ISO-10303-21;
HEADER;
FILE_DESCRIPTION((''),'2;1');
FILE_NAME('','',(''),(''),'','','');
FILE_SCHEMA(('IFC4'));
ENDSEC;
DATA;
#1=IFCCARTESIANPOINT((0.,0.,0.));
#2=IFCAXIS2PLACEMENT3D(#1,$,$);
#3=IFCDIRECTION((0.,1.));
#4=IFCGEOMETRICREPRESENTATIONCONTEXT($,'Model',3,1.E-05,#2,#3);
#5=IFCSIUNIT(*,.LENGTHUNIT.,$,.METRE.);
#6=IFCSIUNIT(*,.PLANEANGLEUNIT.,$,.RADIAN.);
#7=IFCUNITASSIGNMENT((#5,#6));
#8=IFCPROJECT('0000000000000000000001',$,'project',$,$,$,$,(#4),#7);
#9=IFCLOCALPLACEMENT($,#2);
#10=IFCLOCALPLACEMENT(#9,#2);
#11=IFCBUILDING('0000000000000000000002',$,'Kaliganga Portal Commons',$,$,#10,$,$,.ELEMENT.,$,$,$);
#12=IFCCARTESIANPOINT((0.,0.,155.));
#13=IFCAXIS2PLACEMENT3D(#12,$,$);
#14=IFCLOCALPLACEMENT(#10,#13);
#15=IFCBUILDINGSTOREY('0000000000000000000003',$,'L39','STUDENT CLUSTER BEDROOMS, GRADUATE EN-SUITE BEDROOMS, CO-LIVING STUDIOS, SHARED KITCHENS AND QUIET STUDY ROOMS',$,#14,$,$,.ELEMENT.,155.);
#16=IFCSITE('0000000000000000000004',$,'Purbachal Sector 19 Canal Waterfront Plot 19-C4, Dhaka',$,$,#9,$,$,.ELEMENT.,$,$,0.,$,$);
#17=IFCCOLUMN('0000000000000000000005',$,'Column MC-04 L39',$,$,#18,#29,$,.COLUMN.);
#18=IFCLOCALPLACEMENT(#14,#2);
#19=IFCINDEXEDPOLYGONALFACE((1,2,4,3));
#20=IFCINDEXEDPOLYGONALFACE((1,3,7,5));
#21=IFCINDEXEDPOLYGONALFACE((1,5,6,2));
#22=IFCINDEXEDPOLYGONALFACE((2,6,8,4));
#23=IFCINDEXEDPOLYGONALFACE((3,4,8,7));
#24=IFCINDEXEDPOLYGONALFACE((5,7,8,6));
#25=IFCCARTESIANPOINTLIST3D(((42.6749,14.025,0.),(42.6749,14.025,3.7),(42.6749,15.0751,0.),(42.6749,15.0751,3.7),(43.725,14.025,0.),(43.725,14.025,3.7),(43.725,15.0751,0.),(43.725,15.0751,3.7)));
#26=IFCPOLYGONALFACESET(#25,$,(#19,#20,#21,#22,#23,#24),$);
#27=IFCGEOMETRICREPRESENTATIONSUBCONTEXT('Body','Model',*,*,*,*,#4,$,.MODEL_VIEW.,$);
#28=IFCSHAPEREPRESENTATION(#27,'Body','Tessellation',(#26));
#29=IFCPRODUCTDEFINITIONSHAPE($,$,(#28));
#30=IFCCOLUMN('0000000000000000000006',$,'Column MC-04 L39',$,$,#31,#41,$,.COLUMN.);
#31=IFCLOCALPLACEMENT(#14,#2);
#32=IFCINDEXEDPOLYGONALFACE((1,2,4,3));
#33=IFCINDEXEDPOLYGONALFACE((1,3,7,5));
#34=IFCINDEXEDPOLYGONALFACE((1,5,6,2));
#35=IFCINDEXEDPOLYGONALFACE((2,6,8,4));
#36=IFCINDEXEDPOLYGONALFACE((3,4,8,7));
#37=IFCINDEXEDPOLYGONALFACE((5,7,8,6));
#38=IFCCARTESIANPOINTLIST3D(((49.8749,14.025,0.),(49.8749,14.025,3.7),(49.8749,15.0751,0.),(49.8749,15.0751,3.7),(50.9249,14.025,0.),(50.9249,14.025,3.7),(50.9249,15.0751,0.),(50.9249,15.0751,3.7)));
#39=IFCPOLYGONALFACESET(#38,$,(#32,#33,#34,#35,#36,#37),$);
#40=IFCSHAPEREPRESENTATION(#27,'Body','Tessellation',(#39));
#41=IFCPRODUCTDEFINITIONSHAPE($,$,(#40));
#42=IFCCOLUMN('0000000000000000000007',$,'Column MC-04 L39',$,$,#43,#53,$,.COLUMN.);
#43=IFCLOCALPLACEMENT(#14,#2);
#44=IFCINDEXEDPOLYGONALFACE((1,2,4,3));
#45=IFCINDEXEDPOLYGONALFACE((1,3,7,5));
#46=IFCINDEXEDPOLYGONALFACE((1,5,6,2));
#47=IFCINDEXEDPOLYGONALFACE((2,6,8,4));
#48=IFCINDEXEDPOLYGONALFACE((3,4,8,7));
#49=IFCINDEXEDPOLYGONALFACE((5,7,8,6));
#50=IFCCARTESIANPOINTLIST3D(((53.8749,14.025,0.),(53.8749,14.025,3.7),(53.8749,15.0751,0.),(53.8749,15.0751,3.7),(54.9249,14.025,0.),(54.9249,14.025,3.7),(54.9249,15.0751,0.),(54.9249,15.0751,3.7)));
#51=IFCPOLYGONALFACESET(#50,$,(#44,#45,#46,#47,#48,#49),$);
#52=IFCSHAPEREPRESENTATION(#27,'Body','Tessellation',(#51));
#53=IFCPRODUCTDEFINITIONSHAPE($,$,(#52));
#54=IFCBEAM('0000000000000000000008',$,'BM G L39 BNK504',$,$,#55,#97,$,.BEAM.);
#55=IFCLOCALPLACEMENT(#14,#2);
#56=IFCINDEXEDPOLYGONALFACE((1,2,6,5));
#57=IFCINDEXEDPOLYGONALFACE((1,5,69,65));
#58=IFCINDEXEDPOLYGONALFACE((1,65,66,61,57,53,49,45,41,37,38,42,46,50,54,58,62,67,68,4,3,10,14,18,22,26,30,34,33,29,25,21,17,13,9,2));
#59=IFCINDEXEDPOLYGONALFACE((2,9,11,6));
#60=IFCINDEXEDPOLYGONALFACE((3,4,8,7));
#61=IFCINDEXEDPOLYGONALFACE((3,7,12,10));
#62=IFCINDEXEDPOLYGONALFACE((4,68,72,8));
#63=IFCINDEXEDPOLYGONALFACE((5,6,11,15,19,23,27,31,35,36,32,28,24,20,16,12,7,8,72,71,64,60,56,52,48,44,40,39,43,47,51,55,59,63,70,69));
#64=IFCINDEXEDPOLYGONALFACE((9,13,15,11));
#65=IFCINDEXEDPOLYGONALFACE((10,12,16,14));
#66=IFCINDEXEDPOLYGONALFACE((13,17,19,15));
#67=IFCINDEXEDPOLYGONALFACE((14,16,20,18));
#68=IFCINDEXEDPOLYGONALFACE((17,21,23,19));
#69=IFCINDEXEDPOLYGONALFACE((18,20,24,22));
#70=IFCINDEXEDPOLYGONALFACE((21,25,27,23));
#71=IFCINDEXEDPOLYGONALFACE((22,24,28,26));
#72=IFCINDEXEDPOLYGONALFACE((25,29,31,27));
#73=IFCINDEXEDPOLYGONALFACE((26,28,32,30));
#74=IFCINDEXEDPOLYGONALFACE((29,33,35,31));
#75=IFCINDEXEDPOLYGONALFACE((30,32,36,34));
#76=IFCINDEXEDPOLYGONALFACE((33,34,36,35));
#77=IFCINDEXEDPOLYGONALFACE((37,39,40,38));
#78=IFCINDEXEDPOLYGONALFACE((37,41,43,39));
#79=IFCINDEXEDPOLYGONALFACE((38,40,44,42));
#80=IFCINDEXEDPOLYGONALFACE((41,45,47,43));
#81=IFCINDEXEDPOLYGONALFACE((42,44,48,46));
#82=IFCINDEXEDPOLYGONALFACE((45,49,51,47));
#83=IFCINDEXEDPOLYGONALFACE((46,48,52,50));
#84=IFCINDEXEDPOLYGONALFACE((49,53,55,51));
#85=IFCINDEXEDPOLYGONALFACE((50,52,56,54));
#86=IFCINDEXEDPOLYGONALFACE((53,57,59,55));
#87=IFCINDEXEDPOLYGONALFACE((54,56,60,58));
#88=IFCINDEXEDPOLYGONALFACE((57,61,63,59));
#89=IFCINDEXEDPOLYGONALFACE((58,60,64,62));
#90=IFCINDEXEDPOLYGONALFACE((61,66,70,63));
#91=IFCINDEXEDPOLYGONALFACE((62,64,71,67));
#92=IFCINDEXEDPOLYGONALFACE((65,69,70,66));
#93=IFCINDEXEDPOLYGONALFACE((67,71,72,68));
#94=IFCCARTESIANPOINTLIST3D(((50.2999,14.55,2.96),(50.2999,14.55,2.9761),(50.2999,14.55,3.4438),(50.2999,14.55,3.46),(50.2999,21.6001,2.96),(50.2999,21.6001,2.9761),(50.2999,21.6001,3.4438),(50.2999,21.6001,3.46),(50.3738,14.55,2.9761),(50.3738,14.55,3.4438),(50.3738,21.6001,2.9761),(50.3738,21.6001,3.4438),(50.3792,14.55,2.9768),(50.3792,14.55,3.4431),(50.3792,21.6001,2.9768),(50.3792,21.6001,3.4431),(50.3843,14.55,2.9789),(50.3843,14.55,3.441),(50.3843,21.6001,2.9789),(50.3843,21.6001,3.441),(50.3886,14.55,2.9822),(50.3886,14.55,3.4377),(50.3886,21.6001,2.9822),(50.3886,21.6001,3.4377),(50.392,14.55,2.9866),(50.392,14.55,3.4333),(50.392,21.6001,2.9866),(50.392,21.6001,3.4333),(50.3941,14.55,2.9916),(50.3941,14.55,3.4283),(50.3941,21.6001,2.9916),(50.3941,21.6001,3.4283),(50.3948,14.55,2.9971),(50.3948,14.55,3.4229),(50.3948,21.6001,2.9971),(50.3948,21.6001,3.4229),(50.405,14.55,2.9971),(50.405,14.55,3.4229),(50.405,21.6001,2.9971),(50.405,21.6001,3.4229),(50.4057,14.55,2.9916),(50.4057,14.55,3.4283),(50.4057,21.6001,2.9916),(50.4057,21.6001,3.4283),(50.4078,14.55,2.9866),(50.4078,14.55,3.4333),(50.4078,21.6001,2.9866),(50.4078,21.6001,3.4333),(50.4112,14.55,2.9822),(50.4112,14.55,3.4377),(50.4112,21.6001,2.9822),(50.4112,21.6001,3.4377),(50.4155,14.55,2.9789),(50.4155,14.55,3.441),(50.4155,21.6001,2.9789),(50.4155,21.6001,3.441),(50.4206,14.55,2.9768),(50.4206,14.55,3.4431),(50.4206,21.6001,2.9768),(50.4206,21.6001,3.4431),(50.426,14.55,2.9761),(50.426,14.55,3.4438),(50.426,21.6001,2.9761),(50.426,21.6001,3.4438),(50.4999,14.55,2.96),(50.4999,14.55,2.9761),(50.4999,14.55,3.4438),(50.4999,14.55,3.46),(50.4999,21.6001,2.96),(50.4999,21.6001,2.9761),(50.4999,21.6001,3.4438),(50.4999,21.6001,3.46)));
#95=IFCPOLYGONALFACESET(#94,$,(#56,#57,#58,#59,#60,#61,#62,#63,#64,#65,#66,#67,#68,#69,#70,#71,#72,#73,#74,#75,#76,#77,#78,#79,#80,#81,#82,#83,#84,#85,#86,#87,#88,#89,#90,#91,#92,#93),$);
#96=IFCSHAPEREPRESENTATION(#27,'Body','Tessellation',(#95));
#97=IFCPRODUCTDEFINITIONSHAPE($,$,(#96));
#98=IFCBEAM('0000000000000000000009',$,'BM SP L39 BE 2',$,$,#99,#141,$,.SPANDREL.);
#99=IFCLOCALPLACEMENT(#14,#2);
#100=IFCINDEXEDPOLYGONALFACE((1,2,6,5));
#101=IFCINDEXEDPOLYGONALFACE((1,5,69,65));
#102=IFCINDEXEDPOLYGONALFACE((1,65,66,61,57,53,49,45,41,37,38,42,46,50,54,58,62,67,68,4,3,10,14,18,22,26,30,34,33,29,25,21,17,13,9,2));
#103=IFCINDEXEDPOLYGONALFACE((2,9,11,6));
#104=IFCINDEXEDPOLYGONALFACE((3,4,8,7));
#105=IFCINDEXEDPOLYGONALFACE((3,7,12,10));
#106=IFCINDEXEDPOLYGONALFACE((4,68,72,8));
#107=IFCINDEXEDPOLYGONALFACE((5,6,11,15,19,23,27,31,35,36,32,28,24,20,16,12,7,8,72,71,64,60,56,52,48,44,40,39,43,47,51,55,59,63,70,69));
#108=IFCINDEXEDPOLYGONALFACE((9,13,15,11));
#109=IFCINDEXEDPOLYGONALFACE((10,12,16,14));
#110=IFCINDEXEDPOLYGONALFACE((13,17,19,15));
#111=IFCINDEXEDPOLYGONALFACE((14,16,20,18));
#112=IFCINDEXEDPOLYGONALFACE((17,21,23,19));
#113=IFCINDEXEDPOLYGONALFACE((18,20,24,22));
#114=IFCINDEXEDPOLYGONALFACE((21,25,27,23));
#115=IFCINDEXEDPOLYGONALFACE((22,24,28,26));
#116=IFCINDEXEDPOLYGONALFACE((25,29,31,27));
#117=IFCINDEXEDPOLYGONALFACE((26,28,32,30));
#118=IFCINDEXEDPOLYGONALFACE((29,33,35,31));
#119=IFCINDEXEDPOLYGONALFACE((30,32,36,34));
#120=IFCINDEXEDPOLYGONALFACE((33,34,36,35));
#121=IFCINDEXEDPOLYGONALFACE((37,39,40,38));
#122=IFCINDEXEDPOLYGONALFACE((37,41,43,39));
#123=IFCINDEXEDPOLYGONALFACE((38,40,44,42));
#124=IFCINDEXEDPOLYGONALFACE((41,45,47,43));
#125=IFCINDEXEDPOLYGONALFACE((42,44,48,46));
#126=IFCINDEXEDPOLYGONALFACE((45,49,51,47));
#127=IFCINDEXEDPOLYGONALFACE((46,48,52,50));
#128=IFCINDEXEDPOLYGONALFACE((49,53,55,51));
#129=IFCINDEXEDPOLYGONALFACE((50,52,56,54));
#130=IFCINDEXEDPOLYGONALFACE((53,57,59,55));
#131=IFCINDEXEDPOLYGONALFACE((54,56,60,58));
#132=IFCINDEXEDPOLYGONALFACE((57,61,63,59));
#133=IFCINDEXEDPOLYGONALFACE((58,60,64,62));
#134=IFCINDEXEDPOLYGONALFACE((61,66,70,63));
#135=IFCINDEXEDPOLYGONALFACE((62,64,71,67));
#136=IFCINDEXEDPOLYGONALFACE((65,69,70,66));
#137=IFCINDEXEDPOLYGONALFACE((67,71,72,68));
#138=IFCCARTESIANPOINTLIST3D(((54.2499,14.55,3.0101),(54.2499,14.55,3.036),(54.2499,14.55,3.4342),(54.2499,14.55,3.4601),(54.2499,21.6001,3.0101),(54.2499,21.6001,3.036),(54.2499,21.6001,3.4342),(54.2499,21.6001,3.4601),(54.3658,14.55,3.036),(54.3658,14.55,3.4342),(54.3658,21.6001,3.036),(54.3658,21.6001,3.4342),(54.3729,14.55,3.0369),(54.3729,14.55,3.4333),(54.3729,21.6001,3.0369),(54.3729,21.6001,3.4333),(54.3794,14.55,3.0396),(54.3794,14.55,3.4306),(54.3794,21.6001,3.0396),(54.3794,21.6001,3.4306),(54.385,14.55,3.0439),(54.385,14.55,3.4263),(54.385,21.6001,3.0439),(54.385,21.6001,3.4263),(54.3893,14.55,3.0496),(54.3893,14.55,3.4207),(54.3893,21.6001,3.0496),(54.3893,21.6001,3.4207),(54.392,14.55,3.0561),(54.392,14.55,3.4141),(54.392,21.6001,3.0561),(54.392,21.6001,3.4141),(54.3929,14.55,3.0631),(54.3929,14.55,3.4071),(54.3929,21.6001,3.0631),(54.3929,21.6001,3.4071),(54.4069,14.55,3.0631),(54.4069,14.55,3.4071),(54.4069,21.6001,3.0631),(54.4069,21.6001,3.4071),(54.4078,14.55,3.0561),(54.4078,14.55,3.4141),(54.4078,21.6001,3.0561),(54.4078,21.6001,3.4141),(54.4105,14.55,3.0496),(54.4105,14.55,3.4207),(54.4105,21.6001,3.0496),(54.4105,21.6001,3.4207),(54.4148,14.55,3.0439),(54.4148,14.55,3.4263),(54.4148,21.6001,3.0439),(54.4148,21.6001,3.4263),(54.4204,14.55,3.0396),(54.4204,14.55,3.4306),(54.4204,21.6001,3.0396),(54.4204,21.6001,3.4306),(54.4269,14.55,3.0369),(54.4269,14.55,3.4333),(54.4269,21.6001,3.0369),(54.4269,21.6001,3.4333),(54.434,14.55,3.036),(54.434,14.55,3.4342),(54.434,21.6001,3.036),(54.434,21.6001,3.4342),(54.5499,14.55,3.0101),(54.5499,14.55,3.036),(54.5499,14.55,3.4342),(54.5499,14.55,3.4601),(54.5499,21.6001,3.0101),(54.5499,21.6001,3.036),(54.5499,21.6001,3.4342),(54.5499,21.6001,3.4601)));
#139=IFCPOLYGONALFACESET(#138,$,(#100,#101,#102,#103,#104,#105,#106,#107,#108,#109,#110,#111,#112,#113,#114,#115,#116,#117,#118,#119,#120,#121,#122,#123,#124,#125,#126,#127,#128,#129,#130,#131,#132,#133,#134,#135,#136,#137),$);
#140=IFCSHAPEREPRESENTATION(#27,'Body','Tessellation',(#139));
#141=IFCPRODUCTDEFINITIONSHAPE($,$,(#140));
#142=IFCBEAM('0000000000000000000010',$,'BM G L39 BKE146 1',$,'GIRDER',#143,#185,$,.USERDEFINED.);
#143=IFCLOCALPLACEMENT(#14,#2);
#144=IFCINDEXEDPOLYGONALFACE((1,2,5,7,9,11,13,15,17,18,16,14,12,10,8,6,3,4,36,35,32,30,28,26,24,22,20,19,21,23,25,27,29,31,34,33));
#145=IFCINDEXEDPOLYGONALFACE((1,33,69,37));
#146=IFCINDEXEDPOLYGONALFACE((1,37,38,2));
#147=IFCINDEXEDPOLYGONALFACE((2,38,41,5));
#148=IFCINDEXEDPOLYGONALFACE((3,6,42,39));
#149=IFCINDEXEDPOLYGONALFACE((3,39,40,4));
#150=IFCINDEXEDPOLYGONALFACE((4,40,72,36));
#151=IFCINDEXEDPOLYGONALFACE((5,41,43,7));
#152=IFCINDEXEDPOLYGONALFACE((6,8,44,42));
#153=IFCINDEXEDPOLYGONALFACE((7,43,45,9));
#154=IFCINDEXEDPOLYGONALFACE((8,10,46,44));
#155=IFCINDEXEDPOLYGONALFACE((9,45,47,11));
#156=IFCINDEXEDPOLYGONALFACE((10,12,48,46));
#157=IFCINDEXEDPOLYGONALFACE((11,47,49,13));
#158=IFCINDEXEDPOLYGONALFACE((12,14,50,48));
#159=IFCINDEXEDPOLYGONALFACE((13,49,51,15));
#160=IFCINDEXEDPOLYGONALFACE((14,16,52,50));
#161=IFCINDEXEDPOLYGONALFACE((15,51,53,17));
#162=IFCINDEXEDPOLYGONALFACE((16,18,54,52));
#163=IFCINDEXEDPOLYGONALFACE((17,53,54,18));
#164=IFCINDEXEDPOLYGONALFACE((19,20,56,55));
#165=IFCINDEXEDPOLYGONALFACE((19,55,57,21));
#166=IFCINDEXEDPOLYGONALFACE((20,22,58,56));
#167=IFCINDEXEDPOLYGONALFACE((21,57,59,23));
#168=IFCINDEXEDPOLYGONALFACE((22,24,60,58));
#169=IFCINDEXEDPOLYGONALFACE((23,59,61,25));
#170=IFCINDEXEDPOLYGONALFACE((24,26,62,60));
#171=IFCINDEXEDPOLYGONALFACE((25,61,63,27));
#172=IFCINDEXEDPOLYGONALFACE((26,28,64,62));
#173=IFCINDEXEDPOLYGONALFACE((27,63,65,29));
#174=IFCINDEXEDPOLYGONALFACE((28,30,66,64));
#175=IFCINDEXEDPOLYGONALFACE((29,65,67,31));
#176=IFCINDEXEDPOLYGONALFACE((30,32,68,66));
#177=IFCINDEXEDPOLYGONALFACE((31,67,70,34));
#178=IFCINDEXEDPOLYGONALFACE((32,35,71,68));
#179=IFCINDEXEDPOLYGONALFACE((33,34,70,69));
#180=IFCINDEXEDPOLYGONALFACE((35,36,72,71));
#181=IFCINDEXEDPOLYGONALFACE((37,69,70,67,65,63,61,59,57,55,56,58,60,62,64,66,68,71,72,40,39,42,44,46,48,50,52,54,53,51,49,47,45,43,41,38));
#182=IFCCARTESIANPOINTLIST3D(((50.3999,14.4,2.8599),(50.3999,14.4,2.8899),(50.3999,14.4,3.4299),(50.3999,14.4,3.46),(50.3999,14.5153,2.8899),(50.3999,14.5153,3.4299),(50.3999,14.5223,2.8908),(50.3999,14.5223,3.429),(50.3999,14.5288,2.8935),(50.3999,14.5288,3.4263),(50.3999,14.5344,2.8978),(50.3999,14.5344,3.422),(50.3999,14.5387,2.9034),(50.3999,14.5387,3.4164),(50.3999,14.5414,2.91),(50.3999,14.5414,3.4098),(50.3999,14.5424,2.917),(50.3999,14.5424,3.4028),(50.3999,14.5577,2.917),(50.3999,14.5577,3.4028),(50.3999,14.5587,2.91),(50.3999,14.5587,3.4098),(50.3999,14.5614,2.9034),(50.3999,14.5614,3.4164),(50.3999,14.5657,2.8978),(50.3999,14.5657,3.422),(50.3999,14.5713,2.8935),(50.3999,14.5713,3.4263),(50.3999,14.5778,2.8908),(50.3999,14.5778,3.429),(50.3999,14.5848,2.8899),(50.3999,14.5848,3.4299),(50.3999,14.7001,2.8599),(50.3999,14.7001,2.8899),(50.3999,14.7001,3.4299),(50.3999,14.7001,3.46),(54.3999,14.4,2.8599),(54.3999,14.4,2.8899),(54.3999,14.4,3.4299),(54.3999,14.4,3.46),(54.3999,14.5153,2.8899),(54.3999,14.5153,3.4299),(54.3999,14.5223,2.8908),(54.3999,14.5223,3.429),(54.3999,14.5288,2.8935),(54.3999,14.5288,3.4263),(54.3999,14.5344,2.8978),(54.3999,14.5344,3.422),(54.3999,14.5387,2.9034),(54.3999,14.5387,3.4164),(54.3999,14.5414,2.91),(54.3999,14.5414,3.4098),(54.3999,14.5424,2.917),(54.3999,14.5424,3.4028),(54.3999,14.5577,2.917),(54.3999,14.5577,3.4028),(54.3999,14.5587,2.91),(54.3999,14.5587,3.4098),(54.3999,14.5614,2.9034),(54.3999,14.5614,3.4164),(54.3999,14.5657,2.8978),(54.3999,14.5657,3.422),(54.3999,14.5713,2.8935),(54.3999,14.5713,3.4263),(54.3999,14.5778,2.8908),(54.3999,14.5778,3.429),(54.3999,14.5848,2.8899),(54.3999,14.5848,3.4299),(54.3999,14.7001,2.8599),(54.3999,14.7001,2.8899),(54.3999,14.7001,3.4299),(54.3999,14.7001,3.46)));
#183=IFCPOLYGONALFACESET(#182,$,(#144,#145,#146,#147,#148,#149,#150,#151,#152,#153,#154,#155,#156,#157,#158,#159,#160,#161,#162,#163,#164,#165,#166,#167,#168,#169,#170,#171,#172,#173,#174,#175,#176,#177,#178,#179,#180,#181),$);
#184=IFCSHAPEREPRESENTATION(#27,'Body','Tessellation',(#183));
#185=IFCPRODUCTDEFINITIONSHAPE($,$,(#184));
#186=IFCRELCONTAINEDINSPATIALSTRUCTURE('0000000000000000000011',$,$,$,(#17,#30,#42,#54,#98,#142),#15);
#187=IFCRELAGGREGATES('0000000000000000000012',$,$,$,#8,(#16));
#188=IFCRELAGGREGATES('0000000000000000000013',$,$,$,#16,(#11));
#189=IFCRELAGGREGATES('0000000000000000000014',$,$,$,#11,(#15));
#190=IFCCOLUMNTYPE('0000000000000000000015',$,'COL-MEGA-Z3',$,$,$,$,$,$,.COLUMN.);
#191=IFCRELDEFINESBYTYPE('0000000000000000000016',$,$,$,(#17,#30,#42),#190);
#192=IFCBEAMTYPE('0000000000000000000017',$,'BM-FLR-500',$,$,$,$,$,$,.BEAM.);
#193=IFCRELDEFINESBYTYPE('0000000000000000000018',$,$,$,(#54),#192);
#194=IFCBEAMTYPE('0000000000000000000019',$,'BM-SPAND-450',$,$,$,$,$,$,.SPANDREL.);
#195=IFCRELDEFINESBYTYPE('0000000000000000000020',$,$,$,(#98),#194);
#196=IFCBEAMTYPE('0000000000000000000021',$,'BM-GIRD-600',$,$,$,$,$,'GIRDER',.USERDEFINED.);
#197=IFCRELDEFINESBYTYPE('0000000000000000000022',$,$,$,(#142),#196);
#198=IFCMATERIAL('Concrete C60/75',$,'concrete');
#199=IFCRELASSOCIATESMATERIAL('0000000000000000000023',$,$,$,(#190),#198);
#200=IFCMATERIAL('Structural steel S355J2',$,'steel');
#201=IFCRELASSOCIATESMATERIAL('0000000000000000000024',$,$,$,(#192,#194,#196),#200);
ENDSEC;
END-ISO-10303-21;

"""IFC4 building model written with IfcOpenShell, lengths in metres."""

from ifc_helpers import new_model, si_unit, direction, frame, origin, origin_2d, place, context, subcontext, project, spatial, rectangle, i_section, extrude, source, transform, mapped, material, material_profile, profile_set, type_object, element, save


model = new_model("IFC4")

# Units and contexts
model_context = context("Model", 3, precision=1e-05, world=origin(), true_north=direction((0.0, 1.0)))
body_context = subcontext(model_context, "Body", "Model", "MODEL_VIEW")
ifc_project = project(units=[si_unit("LENGTHUNIT", "METRE"), si_unit("PLANEANGLEUNIT", "RADIAN")], contexts=[model_context])

# Site, building, storey
site_placement = place(None, origin())
site = spatial("IfcSite", under=ifc_project, at=site_placement, Name="Purbachal Sector 19 Canal Waterfront Plot 19-C4, Dhaka", CompositionType="ELEMENT", RefElevation=0.0)
building_placement = place(site_placement, origin())
building = spatial("IfcBuilding", under=site, at=building_placement, Name="Kaliganga Portal Commons", CompositionType="ELEMENT")
storey_placement = place(building_placement, frame((0.0, 0.0, 155.0)))
storey = spatial("IfcBuildingStorey", under=building, at=storey_placement, Name="L39", Description="STUDENT CLUSTER BEDROOMS, GRADUATE EN-SUITE BEDROOMS, CO-LIVING STUDIOS, SHARED KITCHENS AND QUIET STUDY ROOMS", CompositionType="ELEMENT", Elevation=155.0)

# Columns
ifc_material_1 = material(Name="Concrete C60/75", Category="concrete")
ifc_material_profile_1 = material_profile(ifc_material_1, rectangle(XDim=1.05, YDim=1.05, at=origin_2d()), Name="RC 1050x1050")
ifc_profile_set_1 = profile_set([ifc_material_profile_1], Name="Concrete C60/75")
column_type = type_object("IfcColumnType", Name="COL-MEGA-Z3", PredefinedType="COLUMN", material=ifc_profile_set_1)
shared_shape_1 = source(origin(), body_context, "Body", "SweptSolid", [
    extrude(rectangle(XDim=1.05, YDim=1.05, at=origin_2d()), origin(), (0.0, 0.0, 1.0), 3.7),
])
for number, where, z_axis, x_axis, name in (
    (1, (43.2, 14.55, 0.0), (0.0, 0.0, 1.0), (1.0, 0.0, 0.0), "Column MC-04 L39"),
    (2, (50.3999, 14.55, 0.0), (0.0, 0.0, 1.0), (1.0, 0.0, 0.0), "Column MC-04 L39"),
    (3, (54.3999, 14.55, 0.0), (0.0, 0.0, 1.0), (1.0, 0.0, 0.0), "Column MC-04 L39"),
):
    element("IfcColumn", number, at=place(storey_placement, frame(where, z_axis=z_axis, x_axis=x_axis)), inside=storey, type_object=column_type, Name=name, PredefinedType="COLUMN", context=body_context, shape_type="MappedRepresentation", body=[
        mapped(shared_shape_1, transform((0.0, 0.0, 0.0), x_axis=(1.0, 0.0, 0.0), y_axis=(0.0, 1.0, 0.0), z_axis=(0.0, 0.0, 1.0), scale=1.0)),
    ])

# Beams
ifc_material_2 = material(Name="Structural steel S355J2", Category="steel")
ifc_material_profile_2 = material_profile(ifc_material_2, i_section(OverallWidth=0.2, OverallDepth=0.5, WebThickness=0.0103, FlangeThickness=0.0161, FilletRadius=0.021, at=origin_2d()), Name="IPE 500")
ifc_profile_set_2 = profile_set([ifc_material_profile_2], Name="Structural steel S355J2 wide-flange")
beam_type_1 = type_object("IfcBeamType", Name="BM-FLR-500", PredefinedType="BEAM", material=ifc_profile_set_2)
shared_shape_2 = source(origin(), body_context, "Body", "SweptSolid", [
    extrude(i_section(OverallWidth=0.2, OverallDepth=0.5, WebThickness=0.0103, FlangeThickness=0.0161, FilletRadius=0.021, at=origin_2d()), origin(), (0.0, 0.0, 1.0), 7.05),
])
beam_1_placement = place(storey_placement, frame((50.3999, 14.55, 3.21), z_axis=(0.0, 1.0, 0.0), x_axis=(-1.0, 0.0, 0.0)))
element("IfcBeam", 4, at=beam_1_placement, inside=storey, type_object=beam_type_1, Name="BM G L39 BNK504", PredefinedType="BEAM", context=body_context, shape_type="MappedRepresentation", body=[
    mapped(shared_shape_2, transform((0.0, 0.0, 0.0), x_axis=(1.0, 0.0, 0.0), y_axis=(0.0, 1.0, 0.0), z_axis=(0.0, 0.0, 1.0), scale=1.0)),
])
ifc_material_profile_3 = material_profile(ifc_material_2, i_section(OverallWidth=0.3, OverallDepth=0.45, WebThickness=0.0139, FlangeThickness=0.0259, FilletRadius=0.0271, at=origin_2d()), Name="HE 450 B")
ifc_profile_set_3 = profile_set([ifc_material_profile_3], Name="Structural steel S355J2 wide-flange")
beam_type_2 = type_object("IfcBeamType", Name="BM-SPAND-450", PredefinedType="SPANDREL", material=ifc_profile_set_3)
shared_shape_3 = source(origin(), body_context, "Body", "SweptSolid", [
    extrude(i_section(OverallWidth=0.3, OverallDepth=0.45, WebThickness=0.0139, FlangeThickness=0.0259, FilletRadius=0.0271, at=origin_2d()), origin(), (0.0, 0.0, 1.0), 7.05),
])
beam_2_placement = place(storey_placement, frame((54.3999, 14.55, 3.2351), z_axis=(0.0, 1.0, 0.0), x_axis=(-1.0, 0.0, 0.0)))
element("IfcBeam", 5, at=beam_2_placement, inside=storey, type_object=beam_type_2, Name="BM SP L39 BE 2", PredefinedType="SPANDREL", context=body_context, shape_type="MappedRepresentation", body=[
    mapped(shared_shape_3, transform((0.0, 0.0, 0.0), x_axis=(1.0, 0.0, 0.0), y_axis=(0.0, 1.0, 0.0), z_axis=(0.0, 0.0, 1.0), scale=1.0)),
])
ifc_material_profile_4 = material_profile(ifc_material_2, i_section(OverallWidth=0.3, OverallDepth=0.6001, WebThickness=0.0154, FlangeThickness=0.03, FilletRadius=0.0271, at=origin_2d()), Name="HE 600 B")
ifc_profile_set_4 = profile_set([ifc_material_profile_4], Name="Structural steel S355J2 wide-flange")
beam_type_3 = type_object("IfcBeamType", Name="BM-GIRD-600", ElementType="GIRDER", PredefinedType="USERDEFINED", material=ifc_profile_set_4)
shared_shape_4 = source(origin(), body_context, "Body", "SweptSolid", [
    extrude(i_section(OverallWidth=0.3, OverallDepth=0.6001, WebThickness=0.0154, FlangeThickness=0.03, FilletRadius=0.0271, at=origin_2d()), origin(), (0.0, 0.0, 1.0), 4.0),
])
beam_3_placement = place(storey_placement, frame((50.3999, 14.55, 3.1599), z_axis=(1.0, 0.0, 0.0), x_axis=(0.0, 1.0, 0.0)))
element("IfcBeam", 6, at=beam_3_placement, inside=storey, type_object=beam_type_3, Name="BM G L39 BKE146 1", ObjectType="GIRDER", PredefinedType="USERDEFINED", context=body_context, shape_type="MappedRepresentation", body=[
    mapped(shared_shape_4, transform((0.0, 0.0, 0.0), x_axis=(1.0, 0.0, 0.0), y_axis=(0.0, 1.0, 0.0), z_axis=(0.0, 0.0, 1.0), scale=1.0)),
])

save(model, "model.ifc")
